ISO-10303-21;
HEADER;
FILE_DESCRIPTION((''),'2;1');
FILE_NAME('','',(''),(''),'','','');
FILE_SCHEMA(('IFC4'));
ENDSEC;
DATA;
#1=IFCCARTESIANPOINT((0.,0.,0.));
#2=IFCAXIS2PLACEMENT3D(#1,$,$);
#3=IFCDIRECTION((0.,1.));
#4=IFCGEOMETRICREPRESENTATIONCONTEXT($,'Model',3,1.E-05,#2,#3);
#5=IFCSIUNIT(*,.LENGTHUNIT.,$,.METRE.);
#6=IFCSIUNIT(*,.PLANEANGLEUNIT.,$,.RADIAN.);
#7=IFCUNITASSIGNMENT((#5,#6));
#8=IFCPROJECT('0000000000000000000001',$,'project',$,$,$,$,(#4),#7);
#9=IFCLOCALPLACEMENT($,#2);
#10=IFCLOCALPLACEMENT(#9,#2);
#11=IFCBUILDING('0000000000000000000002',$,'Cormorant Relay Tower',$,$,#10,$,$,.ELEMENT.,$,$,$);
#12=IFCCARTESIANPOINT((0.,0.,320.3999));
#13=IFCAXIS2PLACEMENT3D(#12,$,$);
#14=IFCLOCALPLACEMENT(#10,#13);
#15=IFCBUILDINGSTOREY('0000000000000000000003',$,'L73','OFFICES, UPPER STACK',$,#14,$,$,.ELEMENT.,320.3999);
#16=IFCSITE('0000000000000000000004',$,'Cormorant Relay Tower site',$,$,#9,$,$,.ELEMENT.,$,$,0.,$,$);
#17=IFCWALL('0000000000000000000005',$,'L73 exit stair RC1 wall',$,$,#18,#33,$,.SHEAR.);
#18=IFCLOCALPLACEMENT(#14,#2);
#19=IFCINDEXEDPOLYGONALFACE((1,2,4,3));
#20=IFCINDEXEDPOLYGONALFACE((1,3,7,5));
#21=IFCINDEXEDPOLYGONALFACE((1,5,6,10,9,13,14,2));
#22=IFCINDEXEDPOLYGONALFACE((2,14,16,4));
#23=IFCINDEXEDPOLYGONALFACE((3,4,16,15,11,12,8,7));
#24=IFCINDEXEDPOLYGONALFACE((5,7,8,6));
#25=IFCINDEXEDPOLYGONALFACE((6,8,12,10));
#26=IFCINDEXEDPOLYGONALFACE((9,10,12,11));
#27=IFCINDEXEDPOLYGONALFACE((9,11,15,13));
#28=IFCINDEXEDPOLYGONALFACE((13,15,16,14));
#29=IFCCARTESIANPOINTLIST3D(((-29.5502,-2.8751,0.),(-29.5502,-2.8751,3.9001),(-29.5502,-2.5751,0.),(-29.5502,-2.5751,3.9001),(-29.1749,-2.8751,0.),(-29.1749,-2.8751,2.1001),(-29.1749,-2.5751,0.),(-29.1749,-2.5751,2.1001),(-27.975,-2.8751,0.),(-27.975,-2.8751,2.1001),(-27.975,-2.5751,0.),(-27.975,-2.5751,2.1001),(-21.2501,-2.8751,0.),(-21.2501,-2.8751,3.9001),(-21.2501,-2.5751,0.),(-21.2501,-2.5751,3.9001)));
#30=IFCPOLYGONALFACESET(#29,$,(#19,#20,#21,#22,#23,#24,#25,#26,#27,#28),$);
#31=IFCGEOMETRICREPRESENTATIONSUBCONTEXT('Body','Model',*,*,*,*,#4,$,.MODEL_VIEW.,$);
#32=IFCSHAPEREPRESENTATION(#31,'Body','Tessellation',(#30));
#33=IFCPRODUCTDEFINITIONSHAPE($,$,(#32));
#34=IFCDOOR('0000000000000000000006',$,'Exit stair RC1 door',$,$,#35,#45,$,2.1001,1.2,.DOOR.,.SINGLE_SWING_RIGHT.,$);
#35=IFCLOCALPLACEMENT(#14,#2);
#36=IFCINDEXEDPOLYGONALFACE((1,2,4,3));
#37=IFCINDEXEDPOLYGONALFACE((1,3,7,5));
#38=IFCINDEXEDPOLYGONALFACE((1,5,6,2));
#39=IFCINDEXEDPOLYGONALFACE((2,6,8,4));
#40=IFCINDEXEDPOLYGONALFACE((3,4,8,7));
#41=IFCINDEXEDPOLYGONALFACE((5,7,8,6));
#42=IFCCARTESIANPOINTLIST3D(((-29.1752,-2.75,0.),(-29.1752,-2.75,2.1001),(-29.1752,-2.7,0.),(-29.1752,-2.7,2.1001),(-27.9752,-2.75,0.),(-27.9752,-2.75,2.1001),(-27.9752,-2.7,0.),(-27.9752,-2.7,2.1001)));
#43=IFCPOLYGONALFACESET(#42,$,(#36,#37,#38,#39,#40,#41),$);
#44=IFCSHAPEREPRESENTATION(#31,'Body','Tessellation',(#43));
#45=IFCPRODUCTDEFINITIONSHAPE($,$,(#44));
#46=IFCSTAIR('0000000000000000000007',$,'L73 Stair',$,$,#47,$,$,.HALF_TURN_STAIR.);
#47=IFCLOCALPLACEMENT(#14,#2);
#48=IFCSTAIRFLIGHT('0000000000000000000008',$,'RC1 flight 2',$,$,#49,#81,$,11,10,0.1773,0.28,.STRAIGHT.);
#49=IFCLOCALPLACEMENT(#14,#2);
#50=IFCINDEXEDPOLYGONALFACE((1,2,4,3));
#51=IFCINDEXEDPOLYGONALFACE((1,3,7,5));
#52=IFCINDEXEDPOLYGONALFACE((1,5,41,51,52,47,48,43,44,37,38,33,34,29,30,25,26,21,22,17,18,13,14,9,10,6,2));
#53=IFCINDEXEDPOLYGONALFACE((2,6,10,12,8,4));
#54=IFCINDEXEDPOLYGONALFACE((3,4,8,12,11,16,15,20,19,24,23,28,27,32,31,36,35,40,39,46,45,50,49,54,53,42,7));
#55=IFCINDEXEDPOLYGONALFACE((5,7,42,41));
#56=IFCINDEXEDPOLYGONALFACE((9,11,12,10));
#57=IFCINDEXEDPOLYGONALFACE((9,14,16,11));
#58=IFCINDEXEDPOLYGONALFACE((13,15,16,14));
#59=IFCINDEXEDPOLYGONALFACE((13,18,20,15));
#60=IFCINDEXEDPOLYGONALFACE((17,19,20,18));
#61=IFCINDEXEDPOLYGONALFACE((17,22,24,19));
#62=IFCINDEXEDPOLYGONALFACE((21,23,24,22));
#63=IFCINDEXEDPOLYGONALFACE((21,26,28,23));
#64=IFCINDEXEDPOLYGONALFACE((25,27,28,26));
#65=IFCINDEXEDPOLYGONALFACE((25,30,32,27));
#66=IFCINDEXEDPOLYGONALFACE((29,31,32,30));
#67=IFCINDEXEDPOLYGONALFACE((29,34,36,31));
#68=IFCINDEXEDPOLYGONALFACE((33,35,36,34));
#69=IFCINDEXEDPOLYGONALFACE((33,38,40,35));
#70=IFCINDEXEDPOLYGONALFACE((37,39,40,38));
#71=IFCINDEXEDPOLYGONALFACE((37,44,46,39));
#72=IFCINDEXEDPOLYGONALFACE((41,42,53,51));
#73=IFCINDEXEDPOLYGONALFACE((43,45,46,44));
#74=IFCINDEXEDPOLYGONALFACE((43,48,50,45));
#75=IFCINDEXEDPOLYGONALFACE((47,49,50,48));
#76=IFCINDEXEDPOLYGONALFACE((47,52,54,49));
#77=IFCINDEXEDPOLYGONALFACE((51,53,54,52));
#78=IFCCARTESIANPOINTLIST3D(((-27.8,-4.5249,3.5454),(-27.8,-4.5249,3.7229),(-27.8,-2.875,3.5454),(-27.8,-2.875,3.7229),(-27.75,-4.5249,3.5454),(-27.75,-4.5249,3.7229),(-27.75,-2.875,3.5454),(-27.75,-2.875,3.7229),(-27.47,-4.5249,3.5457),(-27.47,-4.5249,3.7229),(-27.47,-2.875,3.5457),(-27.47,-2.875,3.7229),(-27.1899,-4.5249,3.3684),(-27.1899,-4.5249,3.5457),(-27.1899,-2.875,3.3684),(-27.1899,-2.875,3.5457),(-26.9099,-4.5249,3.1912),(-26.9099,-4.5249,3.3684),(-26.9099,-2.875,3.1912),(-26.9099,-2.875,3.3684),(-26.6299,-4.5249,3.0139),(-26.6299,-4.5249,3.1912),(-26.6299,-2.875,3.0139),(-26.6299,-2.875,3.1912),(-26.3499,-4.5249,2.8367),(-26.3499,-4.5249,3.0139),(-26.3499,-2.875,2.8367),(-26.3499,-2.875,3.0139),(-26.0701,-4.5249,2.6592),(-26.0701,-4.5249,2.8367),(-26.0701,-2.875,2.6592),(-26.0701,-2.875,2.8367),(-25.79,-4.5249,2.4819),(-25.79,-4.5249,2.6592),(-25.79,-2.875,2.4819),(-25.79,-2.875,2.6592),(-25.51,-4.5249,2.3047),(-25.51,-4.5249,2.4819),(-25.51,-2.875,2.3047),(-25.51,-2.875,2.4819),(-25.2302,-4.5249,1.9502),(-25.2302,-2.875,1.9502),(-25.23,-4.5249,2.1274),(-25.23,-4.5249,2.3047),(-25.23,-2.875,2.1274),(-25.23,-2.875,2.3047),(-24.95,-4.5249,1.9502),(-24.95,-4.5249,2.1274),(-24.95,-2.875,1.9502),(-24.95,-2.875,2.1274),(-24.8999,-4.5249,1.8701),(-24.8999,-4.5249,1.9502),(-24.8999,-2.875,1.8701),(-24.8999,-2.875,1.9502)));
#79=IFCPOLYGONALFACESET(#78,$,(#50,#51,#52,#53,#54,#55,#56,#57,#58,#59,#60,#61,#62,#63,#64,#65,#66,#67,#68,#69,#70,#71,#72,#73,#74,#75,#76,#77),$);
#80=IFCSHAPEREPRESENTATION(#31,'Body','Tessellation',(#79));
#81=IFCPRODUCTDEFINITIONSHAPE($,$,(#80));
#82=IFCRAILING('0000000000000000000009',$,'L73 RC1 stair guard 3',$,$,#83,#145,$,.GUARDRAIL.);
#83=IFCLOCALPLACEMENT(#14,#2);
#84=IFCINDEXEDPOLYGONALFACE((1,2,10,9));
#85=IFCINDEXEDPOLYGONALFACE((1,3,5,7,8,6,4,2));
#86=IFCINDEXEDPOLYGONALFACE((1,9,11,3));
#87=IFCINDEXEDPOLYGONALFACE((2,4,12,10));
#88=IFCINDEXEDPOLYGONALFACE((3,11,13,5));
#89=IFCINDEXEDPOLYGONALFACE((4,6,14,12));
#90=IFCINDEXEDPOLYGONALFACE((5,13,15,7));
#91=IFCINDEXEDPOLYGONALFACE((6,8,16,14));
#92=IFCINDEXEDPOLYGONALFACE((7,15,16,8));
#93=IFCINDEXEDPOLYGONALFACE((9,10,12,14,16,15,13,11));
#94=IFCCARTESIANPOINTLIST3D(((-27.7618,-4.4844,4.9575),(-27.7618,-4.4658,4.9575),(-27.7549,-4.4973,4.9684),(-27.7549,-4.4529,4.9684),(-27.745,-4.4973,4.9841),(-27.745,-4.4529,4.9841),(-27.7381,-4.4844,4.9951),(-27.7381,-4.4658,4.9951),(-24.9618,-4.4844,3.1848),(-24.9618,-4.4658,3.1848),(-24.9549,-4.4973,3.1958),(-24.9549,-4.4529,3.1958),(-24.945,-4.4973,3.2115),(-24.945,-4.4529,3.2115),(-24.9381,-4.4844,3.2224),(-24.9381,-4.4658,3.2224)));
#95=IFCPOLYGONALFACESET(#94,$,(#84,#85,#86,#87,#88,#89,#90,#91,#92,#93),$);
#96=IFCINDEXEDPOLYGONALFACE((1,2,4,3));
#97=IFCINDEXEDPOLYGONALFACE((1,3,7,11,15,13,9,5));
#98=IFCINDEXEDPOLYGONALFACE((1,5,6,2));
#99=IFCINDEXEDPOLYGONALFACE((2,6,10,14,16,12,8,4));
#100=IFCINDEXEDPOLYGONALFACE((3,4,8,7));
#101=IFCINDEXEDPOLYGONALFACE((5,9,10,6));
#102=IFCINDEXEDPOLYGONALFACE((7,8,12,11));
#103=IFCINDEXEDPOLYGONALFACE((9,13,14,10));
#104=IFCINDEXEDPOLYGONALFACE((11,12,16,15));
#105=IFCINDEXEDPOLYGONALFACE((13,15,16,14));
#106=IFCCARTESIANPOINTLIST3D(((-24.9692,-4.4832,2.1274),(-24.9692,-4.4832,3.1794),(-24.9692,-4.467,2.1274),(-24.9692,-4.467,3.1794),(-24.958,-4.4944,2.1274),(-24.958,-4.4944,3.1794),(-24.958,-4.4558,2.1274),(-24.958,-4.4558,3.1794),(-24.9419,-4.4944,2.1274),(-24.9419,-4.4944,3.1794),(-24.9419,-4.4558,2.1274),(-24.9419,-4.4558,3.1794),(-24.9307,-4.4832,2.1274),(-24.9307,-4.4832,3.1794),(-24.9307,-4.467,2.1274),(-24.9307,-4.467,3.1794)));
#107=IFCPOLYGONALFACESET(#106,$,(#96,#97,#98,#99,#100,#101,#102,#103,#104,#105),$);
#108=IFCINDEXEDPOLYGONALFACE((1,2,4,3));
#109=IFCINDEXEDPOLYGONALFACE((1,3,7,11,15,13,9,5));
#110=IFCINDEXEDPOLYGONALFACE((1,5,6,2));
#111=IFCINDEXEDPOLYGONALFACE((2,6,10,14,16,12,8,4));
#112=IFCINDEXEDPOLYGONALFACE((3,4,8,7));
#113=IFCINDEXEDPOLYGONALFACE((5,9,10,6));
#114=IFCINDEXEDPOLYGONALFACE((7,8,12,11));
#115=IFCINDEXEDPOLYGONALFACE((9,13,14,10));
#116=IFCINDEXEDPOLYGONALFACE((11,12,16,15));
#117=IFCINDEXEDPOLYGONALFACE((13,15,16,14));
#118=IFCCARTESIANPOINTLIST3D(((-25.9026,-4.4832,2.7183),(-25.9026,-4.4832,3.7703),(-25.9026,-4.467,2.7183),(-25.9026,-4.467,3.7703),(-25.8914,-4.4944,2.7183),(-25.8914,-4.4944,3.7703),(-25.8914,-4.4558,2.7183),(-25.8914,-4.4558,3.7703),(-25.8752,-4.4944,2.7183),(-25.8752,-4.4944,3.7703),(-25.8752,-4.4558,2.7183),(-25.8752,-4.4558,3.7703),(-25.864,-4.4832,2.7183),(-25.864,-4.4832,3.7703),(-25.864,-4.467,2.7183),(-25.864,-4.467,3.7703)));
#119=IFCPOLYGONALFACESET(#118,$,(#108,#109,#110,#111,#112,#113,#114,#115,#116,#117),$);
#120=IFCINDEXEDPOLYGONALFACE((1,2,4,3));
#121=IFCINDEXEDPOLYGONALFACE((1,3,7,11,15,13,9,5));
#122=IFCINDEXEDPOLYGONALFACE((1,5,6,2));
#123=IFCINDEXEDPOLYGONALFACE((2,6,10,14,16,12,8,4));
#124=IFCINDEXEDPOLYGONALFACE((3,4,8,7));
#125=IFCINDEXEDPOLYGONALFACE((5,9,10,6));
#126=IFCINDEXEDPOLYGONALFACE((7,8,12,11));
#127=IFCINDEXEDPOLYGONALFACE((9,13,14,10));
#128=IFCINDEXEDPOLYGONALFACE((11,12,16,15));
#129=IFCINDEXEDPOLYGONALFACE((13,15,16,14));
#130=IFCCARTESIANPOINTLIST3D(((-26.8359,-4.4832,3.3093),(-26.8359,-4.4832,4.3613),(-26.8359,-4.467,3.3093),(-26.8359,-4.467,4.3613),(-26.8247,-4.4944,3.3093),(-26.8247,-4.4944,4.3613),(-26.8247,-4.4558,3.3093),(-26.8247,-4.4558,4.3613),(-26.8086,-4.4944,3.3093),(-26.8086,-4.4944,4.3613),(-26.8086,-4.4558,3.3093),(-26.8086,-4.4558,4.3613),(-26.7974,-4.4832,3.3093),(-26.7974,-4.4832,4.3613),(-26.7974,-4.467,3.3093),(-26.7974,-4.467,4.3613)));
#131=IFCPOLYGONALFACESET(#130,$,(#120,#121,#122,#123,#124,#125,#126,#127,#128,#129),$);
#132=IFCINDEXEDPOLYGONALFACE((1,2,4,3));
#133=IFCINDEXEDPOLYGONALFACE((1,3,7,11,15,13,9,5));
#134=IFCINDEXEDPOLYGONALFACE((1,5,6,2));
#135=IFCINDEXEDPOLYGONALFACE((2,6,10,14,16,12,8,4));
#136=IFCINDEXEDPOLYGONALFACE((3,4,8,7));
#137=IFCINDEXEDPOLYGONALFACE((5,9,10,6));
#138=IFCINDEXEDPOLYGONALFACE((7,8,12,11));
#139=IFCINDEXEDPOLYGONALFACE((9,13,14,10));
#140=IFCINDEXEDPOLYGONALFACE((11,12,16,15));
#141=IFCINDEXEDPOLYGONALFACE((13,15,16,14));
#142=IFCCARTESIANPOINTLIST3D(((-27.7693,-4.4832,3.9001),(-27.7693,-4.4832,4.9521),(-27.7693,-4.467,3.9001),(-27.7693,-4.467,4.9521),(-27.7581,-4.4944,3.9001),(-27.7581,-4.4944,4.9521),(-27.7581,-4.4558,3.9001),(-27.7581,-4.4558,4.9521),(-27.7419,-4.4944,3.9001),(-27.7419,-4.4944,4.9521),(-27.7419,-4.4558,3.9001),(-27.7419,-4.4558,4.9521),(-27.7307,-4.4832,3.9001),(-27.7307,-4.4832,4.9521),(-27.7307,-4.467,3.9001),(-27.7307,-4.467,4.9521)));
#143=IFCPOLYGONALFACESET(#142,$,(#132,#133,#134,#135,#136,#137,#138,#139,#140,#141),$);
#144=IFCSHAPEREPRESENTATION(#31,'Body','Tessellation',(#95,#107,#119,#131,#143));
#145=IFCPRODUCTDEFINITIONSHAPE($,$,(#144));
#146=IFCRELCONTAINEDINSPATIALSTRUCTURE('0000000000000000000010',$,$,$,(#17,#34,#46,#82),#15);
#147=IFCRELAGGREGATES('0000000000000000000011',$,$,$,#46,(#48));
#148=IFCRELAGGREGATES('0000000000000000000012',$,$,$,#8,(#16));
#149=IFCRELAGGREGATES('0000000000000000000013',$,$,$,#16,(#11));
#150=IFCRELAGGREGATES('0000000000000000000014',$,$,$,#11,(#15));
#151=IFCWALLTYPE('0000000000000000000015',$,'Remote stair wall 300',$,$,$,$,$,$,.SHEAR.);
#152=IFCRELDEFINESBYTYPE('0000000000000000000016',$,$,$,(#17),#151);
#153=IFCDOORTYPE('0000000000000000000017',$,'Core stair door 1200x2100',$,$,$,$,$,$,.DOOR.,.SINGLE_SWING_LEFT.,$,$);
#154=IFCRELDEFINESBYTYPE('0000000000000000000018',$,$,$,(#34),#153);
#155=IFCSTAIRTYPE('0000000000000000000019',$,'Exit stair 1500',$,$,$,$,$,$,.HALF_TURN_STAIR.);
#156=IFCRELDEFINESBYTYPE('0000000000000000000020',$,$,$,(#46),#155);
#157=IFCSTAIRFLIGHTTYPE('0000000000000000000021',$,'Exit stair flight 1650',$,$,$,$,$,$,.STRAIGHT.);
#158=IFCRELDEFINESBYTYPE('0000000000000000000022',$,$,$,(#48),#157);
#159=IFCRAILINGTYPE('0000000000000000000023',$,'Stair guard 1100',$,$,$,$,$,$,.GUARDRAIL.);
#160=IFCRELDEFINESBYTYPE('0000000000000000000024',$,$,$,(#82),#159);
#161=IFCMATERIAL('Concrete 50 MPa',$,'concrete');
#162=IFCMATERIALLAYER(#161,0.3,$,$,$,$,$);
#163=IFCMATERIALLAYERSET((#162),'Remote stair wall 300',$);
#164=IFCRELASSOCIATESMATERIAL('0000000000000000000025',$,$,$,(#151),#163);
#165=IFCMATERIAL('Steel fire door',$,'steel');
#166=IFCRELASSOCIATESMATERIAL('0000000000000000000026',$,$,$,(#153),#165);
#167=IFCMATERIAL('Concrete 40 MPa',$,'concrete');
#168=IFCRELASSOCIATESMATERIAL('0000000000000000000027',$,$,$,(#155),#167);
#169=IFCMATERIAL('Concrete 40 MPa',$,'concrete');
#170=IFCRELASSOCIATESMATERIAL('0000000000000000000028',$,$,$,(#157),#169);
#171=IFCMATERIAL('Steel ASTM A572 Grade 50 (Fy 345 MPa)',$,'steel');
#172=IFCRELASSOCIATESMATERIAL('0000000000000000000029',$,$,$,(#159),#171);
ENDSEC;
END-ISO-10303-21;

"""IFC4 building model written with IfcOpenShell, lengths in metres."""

from ifc_helpers import new_model, si_unit, direction, frame, frame_2d, origin, place, context, subcontext, project, spatial, polyline, rectangle, outline, extrude, material, layer, layer_set, type_object, element, fill, aggregate, save


model = new_model("IFC4")

# Units and contexts
model_context = context("Model", 3, precision=1e-05, world=origin(), true_north=direction((0.0, 1.0)))
body_context = subcontext(model_context, "Body", "Model", "MODEL_VIEW")
ifc_project = project(units=[si_unit("LENGTHUNIT", "METRE"), si_unit("PLANEANGLEUNIT", "RADIAN")], contexts=[model_context])

# Site, building, storey
site_placement = place(None, origin())
site = spatial("IfcSite", under=ifc_project, at=site_placement, Name="Cormorant Relay Tower site", CompositionType="ELEMENT", RefElevation=0.0)
building_placement = place(site_placement, origin())
building = spatial("IfcBuilding", under=site, at=building_placement, Name="Cormorant Relay Tower", CompositionType="ELEMENT")
storey_placement = place(building_placement, frame((0.0, 0.0, 320.3999)))
storey = spatial("IfcBuildingStorey", under=building, at=storey_placement, Name="L73", Description="OFFICES, UPPER STACK", CompositionType="ELEMENT", Elevation=320.3999)

# Wall, opening, door
ifc_material_1 = material(Name="Concrete 50 MPa", Category="concrete")
ifc_layer_1 = layer(ifc_material_1, 0.3)
ifc_layer_set_1 = layer_set([ifc_layer_1], Name="Remote stair wall 300")
wall_type_1 = type_object("IfcWallType", Name="Remote stair wall 300", PredefinedType="SHEAR", material=ifc_layer_set_1)
wall_1_placement = place(storey_placement, frame((-29.55, -2.7251, 0.0), z_axis=(0.0, 0.0, 1.0), x_axis=(1.0, 0.0, 0.0)))
wall_1 = element("IfcWall", 1, at=wall_1_placement, inside=storey, type_object=wall_type_1, Name="L73 exit stair RC1 wall", PredefinedType="SHEAR", context=body_context, shape_type="SweptSolid", body=[
    extrude(rectangle(XDim=8.3, YDim=0.3, at=frame_2d((4.1499, 0.0))), origin(), (0.0, 0.0, 1.0), 3.9001),
])
opening_1_placement = place(wall_1_placement, frame((0.375, 0.0, 0.0)))
opening_1 = element("IfcOpeningElement", 2, at=opening_1_placement, cuts=wall_1, PredefinedType="OPENING", context=body_context, shape_type="SweptSolid", body=[
    extrude(rectangle(XDim=1.2, YDim=2.1001, at=frame_2d((0.6001, 1.05))), frame((0.0, 0.1599, 0.0), z_axis=(0.0, -1.0, 0.0), x_axis=(1.0, 0.0, 0.0)), (0.0, 0.0, 1.0), 0.3201),
])
ifc_material_2 = material(Name="Steel fire door", Category="steel")
door_type_1 = type_object("IfcDoorType", Name="Core stair door 1200x2100", OperationType="SINGLE_SWING_LEFT", PredefinedType="DOOR", material=ifc_material_2)
door_1_placement = place(opening_1_placement, frame((1.2, 0.0, 0.0), z_axis=(0.0, 0.0, 1.0), x_axis=(-1.0, 0.0, 0.0)))
door_1 = element("IfcDoor", 3, at=door_1_placement, inside=storey, type_object=door_type_1, Name="Exit stair RC1 door", OperationType="SINGLE_SWING_RIGHT", OverallHeight=2.1001, OverallWidth=1.2, PredefinedType="DOOR", context=body_context, shape_type="SweptSolid", body=[
    extrude(rectangle(XDim=1.2, YDim=2.1001, at=frame_2d((0.6001, 1.05))), frame((0.0, 0.0249, 0.0), z_axis=(0.0, -1.0, 0.0), x_axis=(1.0, 0.0, 0.0)), (0.0, 0.0, 1.0), 0.05),
])
fill(opening_1, door_1)

# Stair, stair flight
ifc_material_3 = material(Name="Concrete 40 MPa", Category="concrete")
stair_type = type_object("IfcStairType", Name="Exit stair 1500", PredefinedType="HALF_TURN_STAIR", material=ifc_material_3)
stair_placement = place(storey_placement, origin())
stair = element("IfcStair", 4, at=stair_placement, inside=storey, type_object=stair_type, Name="L73 Stair", PredefinedType="HALF_TURN_STAIR")
ifc_material_4 = material(Name="Concrete 40 MPa", Category="concrete")
stair_flight_type = type_object("IfcStairFlightType", Name="Exit stair flight 1650", PredefinedType="STRAIGHT", material=ifc_material_4)
stair_flight_placement = place(storey_placement, frame((-24.95, -3.7, 1.9502), z_axis=(0.0, 0.0, 1.0), x_axis=(-1.0, 0.0, 0.0)))
stair_flight = element("IfcStairFlight", 5, at=stair_flight_placement, type_object=stair_flight_type, Name="RC1 flight 2", NumberOfRisers=11, NumberOfTreads=10, PredefinedType="STRAIGHT", RiserHeight=0.1773, TreadLength=0.28, context=body_context, shape_type="SweptSolid", body=[
    extrude(outline(polyline([(-0.05, -0.0801), (-0.05, 0.0), (0.0, 0.0), (0.0, 0.1772), (0.28, 0.1772), (0.28, 0.3545), (0.5601, 0.3545), (0.5601, 0.5317), (0.8401, 0.5317), (0.8401, 0.709), (1.1201, 0.709), (1.1201, 0.8865), (1.3999, 0.8865), (1.3999, 1.0637), (1.6799, 1.0637), (1.6799, 1.241), (1.96, 1.241), (1.96, 1.4182), (2.24, 1.4182), (2.24, 1.5955), (2.52, 1.5955), (2.52, 1.7727), (2.8, 1.7727), (2.8501, 1.7727), (2.8501, 1.5952), (2.8, 1.5952), (0.2803, 0.0), (-0.05, -0.0801)])), frame((0.0, 0.825, 0.0), z_axis=(0.0, -1.0, 0.0), x_axis=(1.0, 0.0, 0.0)), (0.0, 0.0, 1.0), 1.6499),
])
aggregate(stair, [stair_flight])

# Railing
ifc_material_5 = material(Name="Steel ASTM A572 Grade 50 (Fy 345 MPa)", Category="steel")
railing_type_1 = type_object("IfcRailingType", Name="Stair guard 1100", PredefinedType="GUARDRAIL", material=ifc_material_5)
railing_1_placement = place(storey_placement, frame((-24.95, -4.4751, 2.1274)))
element("IfcRailing", 6, at=railing_1_placement, inside=storey, type_object=railing_type_1, Name="L73 RC1 stair guard 3", PredefinedType="GUARDRAIL", context=body_context, shape_type="SweptSolid", body=[
    extrude(outline(polyline([(0.0222, 0.0093), (0.0093, 0.0222), (-0.0093, 0.0222), (-0.0222, 0.0093), (-0.0222, -0.0093), (-0.0093, -0.0222), (0.0093, -0.0222), (0.0222, -0.0093), (0.0222, 0.0093)])), frame((0.0, 0.0, 1.0762), z_axis=(-0.844909, 0.0, 0.53491), x_axis=(0.0, -1.0, 0.0)), (0.0, 0.0, 1.0), 3.314),
    extrude(outline(polyline([(0.0193, 0.0081), (0.0081, 0.0193), (-0.0081, 0.0193), (-0.0193, 0.0081), (-0.0193, -0.0081), (-0.0081, -0.0193), (0.0081, -0.0193), (0.0193, -0.0081), (0.0193, 0.0081)])), origin(), (0.0, 0.0, 1.0), 1.052),
    extrude(outline(polyline([(0.0193, 0.0081), (0.0081, 0.0193), (-0.0081, 0.0193), (-0.0193, 0.0081), (-0.0193, -0.0081), (-0.0081, -0.0193), (0.0081, -0.0193), (0.0193, -0.0081), (0.0193, 0.0081)])), frame((-0.9333, 0.0, 0.5908)), (0.0, 0.0, 1.0), 1.052),
    extrude(outline(polyline([(0.0193, 0.0081), (0.0081, 0.0193), (-0.0081, 0.0193), (-0.0193, 0.0081), (-0.0193, -0.0081), (-0.0081, -0.0193), (0.0081, -0.0193), (0.0193, -0.0081), (0.0193, 0.0081)])), frame((-1.8667, 0.0, 1.1819)), (0.0, 0.0, 1.0), 1.052),
    extrude(outline(polyline([(0.0193, 0.0081), (0.0081, 0.0193), (-0.0081, 0.0193), (-0.0193, 0.0081), (-0.0193, -0.0081), (-0.0081, -0.0193), (0.0081, -0.0193), (0.0193, -0.0081), (0.0193, 0.0081)])), frame((-2.8, 0.0, 1.7727)), (0.0, 0.0, 1.0), 1.052),
])

save(model, "model.ifc")
